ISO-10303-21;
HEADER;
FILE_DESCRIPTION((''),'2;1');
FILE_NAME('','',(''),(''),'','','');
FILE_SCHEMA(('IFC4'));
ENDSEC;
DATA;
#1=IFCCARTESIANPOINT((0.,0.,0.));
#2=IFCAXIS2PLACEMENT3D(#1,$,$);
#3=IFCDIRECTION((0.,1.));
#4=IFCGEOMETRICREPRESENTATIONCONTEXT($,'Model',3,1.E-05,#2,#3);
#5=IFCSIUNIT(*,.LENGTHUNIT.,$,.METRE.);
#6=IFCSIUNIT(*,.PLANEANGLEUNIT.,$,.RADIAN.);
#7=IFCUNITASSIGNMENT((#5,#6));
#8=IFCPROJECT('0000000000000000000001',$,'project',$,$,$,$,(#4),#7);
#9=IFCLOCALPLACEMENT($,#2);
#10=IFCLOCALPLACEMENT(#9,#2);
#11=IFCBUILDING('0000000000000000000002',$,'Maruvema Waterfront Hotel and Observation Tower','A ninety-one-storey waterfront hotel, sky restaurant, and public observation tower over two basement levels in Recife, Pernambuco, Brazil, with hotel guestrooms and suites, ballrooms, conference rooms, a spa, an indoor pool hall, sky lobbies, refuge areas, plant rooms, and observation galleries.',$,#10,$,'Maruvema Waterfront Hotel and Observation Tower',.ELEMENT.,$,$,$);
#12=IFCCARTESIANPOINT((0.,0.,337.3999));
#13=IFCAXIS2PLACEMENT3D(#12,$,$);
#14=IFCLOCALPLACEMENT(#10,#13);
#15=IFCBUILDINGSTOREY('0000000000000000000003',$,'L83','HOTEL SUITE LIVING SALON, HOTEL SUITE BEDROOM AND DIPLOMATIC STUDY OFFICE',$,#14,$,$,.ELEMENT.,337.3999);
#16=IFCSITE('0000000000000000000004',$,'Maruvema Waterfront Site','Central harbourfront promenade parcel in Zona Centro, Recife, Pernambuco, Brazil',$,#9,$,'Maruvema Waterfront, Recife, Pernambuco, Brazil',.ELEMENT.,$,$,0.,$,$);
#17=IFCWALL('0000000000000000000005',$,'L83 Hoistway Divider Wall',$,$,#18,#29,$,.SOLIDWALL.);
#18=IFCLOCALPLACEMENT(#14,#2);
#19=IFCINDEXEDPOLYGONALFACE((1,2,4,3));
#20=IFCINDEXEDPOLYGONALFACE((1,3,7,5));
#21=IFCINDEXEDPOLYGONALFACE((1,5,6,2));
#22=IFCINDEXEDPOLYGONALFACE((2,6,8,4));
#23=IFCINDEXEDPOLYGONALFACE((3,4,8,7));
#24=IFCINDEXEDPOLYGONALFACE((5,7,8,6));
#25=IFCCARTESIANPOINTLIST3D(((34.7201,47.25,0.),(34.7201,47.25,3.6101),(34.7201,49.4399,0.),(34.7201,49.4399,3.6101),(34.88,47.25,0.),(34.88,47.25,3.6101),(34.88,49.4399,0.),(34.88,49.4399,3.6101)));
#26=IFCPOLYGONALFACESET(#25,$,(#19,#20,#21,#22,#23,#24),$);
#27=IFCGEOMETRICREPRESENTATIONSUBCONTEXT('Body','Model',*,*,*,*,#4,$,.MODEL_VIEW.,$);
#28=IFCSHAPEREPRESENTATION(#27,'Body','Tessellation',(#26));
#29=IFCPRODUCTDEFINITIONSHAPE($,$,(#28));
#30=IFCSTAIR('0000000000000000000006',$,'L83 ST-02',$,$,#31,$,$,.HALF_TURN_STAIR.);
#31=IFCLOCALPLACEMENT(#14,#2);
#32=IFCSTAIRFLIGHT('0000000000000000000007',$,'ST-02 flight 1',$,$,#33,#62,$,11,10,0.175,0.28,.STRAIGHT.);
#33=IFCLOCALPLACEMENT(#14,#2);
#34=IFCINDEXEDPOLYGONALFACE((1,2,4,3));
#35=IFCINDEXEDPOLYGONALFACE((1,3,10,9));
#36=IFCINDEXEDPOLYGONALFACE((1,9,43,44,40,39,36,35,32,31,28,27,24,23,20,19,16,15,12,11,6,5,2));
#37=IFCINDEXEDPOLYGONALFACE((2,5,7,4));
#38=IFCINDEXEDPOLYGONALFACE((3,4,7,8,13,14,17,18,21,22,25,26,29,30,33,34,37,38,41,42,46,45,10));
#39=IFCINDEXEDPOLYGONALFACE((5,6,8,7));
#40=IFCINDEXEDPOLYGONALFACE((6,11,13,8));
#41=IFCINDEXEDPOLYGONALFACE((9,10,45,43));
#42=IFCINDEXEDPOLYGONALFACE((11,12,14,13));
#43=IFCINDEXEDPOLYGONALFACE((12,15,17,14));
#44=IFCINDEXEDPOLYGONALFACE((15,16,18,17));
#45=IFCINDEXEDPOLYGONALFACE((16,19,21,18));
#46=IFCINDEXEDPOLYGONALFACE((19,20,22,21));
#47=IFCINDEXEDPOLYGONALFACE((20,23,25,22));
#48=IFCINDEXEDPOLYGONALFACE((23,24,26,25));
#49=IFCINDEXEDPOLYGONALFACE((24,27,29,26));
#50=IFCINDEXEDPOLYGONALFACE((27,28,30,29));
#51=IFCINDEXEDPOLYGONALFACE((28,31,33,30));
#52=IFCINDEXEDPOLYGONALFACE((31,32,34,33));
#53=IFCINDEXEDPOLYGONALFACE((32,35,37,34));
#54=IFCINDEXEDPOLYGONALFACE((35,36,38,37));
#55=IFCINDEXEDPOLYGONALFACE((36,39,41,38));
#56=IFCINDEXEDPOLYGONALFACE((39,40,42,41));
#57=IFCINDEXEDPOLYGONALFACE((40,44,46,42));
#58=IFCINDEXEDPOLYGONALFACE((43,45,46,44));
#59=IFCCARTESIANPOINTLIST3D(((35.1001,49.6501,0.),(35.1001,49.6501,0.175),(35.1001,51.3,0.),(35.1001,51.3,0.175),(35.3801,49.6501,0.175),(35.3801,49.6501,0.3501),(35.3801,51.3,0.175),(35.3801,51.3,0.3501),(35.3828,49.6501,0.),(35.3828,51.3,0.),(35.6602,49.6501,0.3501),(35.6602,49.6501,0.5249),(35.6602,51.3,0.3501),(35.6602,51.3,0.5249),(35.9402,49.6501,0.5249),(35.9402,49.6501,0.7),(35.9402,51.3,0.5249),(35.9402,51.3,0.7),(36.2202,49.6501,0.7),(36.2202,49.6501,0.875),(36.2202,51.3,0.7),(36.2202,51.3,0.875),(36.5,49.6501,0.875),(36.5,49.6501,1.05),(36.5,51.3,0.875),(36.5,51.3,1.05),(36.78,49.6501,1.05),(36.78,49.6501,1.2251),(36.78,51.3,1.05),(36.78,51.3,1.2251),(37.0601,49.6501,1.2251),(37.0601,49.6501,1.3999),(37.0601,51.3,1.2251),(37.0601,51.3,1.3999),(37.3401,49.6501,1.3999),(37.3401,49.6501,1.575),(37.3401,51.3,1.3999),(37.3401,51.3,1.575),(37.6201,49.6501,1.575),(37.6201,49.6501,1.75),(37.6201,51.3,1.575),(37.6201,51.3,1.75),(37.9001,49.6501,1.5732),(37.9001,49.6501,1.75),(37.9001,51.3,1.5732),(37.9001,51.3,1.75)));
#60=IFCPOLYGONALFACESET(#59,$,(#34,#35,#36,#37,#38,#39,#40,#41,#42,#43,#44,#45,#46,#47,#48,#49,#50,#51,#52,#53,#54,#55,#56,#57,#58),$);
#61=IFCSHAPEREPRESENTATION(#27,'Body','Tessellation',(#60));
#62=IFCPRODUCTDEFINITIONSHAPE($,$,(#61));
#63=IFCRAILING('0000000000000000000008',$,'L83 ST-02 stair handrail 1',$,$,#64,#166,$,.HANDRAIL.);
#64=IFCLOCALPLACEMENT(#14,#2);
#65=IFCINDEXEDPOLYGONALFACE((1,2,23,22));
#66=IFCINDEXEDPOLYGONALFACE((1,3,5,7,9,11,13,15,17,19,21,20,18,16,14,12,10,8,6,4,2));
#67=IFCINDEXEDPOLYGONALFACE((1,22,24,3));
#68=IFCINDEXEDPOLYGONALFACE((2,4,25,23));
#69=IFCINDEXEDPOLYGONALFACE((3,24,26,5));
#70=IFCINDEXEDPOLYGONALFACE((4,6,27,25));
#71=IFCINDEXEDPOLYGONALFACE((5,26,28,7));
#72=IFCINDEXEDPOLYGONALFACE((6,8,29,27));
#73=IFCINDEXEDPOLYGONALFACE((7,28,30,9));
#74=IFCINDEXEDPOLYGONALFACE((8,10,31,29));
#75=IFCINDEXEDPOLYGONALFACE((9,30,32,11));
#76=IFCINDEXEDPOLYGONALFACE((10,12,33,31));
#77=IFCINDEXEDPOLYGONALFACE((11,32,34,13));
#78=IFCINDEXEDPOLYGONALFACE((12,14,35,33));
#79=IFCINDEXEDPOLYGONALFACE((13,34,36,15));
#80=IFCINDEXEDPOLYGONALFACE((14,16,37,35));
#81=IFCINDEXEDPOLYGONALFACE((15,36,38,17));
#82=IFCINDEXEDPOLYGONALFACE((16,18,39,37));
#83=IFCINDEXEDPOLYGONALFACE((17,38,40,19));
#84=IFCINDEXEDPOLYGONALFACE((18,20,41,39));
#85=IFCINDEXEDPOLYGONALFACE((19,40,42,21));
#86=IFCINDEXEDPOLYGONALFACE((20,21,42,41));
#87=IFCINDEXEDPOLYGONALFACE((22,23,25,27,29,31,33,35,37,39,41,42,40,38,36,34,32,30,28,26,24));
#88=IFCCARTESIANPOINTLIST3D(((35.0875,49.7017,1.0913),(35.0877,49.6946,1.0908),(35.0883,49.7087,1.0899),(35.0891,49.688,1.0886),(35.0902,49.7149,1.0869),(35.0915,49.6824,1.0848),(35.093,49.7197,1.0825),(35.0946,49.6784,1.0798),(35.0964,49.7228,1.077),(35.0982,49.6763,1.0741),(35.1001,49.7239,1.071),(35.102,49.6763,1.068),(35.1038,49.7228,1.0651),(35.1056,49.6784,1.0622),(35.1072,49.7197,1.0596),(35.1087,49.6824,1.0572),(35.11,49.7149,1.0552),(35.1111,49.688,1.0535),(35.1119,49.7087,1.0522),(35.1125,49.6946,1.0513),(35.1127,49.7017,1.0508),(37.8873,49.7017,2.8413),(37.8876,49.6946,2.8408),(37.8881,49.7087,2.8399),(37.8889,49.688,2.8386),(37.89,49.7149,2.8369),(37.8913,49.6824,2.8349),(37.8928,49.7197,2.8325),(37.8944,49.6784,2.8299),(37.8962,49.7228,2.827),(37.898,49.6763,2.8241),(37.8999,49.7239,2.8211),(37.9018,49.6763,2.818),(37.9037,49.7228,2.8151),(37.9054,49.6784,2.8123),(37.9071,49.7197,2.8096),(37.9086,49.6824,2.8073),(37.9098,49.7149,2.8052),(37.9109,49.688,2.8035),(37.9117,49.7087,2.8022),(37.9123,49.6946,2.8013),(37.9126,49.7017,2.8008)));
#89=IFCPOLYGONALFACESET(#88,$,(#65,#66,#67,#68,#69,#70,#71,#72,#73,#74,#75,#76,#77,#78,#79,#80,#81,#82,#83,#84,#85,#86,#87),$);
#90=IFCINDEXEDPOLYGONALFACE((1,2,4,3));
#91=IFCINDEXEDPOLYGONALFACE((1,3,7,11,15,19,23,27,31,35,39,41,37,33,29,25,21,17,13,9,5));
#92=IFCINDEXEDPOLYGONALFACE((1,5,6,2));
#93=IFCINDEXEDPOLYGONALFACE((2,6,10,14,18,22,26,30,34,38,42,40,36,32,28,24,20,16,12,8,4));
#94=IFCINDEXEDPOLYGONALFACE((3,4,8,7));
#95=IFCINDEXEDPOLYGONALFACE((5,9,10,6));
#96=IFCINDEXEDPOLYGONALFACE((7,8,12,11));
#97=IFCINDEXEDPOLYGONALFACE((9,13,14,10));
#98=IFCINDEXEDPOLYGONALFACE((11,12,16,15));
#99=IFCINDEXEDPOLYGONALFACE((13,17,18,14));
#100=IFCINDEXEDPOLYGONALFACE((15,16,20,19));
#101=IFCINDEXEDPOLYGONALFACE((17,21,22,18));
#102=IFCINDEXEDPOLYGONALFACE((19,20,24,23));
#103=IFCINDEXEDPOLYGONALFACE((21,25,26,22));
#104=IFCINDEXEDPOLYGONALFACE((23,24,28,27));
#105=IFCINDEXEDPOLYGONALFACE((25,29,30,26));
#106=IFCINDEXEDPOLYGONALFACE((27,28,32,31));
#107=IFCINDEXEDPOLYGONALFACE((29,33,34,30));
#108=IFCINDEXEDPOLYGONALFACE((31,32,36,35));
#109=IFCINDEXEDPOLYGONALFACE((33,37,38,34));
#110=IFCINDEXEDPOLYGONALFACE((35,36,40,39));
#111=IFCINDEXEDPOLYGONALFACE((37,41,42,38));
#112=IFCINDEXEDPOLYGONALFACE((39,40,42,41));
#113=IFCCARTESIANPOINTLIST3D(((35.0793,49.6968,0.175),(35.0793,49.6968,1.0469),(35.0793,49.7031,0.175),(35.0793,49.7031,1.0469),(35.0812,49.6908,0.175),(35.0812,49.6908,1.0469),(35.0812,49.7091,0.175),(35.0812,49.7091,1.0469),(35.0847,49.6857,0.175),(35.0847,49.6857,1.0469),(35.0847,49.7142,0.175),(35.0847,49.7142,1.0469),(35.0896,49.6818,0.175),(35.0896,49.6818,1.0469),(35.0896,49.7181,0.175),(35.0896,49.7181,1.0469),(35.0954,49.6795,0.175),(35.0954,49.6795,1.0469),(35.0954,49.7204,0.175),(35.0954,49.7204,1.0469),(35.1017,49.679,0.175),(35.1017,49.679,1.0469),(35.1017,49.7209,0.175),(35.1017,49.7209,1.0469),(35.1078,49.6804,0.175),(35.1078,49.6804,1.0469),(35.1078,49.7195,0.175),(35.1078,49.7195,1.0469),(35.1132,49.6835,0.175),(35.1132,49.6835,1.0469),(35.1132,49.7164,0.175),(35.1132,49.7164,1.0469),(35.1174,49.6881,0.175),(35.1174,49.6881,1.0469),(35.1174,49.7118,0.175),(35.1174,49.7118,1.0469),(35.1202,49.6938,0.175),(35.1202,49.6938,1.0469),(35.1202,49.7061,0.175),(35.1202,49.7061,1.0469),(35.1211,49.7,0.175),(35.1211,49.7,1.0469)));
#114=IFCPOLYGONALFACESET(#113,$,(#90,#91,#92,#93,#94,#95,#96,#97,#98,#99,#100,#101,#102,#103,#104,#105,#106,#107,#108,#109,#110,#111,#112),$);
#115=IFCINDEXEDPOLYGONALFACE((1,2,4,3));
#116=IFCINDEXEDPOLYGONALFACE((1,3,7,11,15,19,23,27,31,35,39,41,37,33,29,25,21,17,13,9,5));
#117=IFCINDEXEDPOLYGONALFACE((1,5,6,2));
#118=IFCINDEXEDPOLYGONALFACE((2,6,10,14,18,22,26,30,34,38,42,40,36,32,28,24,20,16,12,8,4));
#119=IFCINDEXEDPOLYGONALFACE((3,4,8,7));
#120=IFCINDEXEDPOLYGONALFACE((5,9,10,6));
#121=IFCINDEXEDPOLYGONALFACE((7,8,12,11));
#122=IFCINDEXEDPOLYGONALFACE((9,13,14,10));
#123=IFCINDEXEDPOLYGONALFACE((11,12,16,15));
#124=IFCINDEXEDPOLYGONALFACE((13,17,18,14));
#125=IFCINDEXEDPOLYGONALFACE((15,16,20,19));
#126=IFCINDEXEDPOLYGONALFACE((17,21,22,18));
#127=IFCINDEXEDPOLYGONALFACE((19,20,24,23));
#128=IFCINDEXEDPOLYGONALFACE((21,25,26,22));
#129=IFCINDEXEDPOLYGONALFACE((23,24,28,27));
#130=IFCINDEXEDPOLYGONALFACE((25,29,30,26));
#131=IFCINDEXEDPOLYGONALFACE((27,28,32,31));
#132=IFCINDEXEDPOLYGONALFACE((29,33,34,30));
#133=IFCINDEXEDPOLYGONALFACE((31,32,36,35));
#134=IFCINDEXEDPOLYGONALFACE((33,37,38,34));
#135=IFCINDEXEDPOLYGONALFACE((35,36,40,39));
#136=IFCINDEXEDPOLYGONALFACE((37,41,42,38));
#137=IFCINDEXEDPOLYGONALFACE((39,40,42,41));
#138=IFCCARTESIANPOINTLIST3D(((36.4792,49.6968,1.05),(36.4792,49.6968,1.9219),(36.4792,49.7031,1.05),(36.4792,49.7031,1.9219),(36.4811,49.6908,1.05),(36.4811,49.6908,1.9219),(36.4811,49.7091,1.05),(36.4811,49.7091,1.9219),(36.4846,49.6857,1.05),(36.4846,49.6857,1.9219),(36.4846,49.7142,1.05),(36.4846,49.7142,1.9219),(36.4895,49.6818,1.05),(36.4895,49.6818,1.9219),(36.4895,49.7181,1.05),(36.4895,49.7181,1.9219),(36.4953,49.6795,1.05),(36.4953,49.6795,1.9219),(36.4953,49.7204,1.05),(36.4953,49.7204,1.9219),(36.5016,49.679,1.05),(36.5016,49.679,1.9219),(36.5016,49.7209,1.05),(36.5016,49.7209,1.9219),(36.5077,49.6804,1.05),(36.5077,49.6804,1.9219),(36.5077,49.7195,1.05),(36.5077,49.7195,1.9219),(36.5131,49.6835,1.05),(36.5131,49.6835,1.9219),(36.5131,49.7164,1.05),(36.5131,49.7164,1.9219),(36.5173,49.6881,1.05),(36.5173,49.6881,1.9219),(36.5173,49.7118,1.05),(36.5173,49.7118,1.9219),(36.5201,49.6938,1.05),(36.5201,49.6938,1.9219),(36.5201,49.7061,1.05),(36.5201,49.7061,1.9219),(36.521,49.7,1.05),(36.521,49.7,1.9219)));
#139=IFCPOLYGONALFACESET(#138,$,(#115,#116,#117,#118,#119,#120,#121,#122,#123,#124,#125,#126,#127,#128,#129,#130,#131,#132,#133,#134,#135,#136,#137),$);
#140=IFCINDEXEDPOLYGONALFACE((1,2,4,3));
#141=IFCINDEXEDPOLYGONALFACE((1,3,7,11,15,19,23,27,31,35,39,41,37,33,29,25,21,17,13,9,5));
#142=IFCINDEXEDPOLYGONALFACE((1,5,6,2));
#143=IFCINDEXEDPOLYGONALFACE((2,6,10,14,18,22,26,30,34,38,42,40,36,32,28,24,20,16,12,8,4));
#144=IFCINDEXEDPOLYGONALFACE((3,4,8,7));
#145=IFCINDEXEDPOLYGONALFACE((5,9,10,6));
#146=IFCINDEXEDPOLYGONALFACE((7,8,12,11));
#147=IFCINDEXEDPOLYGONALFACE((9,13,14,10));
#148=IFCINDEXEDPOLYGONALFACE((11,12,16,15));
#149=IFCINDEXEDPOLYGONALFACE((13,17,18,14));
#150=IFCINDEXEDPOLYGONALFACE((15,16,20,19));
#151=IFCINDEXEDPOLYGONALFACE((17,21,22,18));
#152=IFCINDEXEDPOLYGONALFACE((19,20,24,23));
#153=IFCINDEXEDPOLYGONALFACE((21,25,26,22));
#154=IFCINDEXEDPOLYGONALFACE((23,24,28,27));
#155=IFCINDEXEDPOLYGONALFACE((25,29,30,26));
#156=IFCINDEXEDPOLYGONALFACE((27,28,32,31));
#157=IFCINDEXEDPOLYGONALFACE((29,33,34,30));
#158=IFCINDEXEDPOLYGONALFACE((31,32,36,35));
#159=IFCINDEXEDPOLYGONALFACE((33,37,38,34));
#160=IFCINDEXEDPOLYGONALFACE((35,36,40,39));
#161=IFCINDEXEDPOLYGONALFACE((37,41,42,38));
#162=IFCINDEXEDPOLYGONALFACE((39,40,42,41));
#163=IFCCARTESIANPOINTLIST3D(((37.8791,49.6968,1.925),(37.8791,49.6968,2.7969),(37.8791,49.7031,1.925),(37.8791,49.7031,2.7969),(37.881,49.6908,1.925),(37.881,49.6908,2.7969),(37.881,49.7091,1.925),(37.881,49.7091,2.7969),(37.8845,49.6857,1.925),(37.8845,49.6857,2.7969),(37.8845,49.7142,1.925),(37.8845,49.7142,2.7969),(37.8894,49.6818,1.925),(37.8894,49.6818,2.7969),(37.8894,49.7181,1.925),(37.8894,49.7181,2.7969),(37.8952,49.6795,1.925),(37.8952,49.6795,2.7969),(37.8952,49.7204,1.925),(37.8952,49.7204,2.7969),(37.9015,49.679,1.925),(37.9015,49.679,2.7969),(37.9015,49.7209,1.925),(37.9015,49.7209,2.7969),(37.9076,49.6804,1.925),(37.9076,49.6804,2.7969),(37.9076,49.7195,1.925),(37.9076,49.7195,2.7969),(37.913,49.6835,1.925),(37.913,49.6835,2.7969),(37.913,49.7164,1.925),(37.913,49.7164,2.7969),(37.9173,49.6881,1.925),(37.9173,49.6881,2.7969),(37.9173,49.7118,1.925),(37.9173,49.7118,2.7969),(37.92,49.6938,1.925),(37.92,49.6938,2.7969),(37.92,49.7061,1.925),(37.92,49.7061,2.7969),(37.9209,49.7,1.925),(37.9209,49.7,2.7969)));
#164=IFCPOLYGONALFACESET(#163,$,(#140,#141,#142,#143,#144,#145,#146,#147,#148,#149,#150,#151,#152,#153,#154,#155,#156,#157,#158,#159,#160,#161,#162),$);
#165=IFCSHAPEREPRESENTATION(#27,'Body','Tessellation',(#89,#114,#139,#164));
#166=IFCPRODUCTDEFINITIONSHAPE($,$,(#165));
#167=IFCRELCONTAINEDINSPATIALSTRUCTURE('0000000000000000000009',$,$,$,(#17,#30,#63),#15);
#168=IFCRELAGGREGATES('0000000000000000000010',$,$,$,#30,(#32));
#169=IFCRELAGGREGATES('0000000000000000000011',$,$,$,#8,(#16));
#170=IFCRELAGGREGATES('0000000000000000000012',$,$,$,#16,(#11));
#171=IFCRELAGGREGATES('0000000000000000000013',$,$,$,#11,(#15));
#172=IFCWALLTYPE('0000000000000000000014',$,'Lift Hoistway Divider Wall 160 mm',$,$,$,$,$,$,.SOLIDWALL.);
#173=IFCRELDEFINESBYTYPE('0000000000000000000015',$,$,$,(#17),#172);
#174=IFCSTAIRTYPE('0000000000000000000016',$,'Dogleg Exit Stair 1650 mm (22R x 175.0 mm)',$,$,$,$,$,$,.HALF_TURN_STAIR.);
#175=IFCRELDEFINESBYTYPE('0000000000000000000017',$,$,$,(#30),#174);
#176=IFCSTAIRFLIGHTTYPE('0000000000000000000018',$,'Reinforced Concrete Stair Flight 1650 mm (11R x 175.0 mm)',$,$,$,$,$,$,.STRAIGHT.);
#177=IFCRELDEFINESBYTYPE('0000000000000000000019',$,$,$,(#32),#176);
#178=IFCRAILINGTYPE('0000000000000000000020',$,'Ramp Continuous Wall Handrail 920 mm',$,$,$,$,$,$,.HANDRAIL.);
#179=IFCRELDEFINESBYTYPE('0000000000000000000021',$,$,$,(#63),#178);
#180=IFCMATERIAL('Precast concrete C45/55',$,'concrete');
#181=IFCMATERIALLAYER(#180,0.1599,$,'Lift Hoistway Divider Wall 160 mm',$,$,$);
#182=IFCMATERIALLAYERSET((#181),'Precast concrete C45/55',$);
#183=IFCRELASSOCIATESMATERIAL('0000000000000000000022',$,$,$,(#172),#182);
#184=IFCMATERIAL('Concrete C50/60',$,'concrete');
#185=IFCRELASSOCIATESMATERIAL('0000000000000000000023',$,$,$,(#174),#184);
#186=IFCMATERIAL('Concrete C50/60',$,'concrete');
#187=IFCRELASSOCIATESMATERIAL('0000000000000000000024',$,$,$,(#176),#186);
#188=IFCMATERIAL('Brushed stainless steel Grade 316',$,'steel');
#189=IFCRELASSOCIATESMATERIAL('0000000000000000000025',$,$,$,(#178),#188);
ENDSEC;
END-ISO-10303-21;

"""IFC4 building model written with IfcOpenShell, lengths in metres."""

from ifc_helpers import new_model, si_unit, direction, frame, frame_2d, origin, origin_2d, place, context, subcontext, project, spatial, polyline, rectangle, circle, outline, extrude, material, layer, layer_set, type_object, element, aggregate, save


model = new_model("IFC4")

# Units and contexts
model_context = context("Model", 3, precision=1e-05, world=origin(), true_north=direction((0.0, 1.0)))
body_context = subcontext(model_context, "Body", "Model", "MODEL_VIEW")
ifc_project = project(units=[si_unit("LENGTHUNIT", "METRE"), si_unit("PLANEANGLEUNIT", "RADIAN")], contexts=[model_context])

# Site, building, storey
site_placement = place(None, origin())
site = spatial("IfcSite", under=ifc_project, at=site_placement, Name="Maruvema Waterfront Site", Description="Central harbourfront promenade parcel in Zona Centro, Recife, Pernambuco, Brazil", LongName="Maruvema Waterfront, Recife, Pernambuco, Brazil", CompositionType="ELEMENT", RefElevation=0.0)
building_placement = place(site_placement, origin())
building = spatial("IfcBuilding", under=site, at=building_placement, Name="Maruvema Waterfront Hotel and Observation Tower", Description="A ninety-one-storey waterfront hotel, sky restaurant, and public observation tower over two basement levels in Recife, Pernambuco, Brazil, with hotel guestrooms and suites, ballrooms, conference rooms, a spa, an indoor pool hall, sky lobbies, refuge areas, plant rooms, and observation galleries.", LongName="Maruvema Waterfront Hotel and Observation Tower", CompositionType="ELEMENT")
storey_placement = place(building_placement, frame((0.0, 0.0, 337.3999)))
storey = spatial("IfcBuildingStorey", under=building, at=storey_placement, Name="L83", Description="HOTEL SUITE LIVING SALON, HOTEL SUITE BEDROOM AND DIPLOMATIC STUDY OFFICE", CompositionType="ELEMENT", Elevation=337.3999)

# Wall
ifc_material_1 = material(Name="Precast concrete C45/55", Category="concrete")
ifc_layer_1 = layer(ifc_material_1, 0.1599, Name="Lift Hoistway Divider Wall 160 mm")
ifc_layer_set_1 = layer_set([ifc_layer_1], Name="Precast concrete C45/55")
wall_type_1 = type_object("IfcWallType", Name="Lift Hoistway Divider Wall 160 mm", PredefinedType="SOLIDWALL", material=ifc_layer_set_1)
wall_1_placement = place(storey_placement, frame((34.8, 47.25, 0.0), z_axis=(0.0, 0.0, 1.0), x_axis=(0.0, 1.0, 0.0)))
element("IfcWall", 1, at=wall_1_placement, inside=storey, type_object=wall_type_1, Name="L83 Hoistway Divider Wall", PredefinedType="SOLIDWALL", context=body_context, shape_type="SweptSolid", body=[
    extrude(rectangle(XDim=2.1899, YDim=0.1599, at=frame_2d((1.095, 0.0))), origin(), (0.0, 0.0, 1.0), 3.6101),
])

# Stair, stair flight
ifc_material_2 = material(Name="Concrete C50/60", Category="concrete")
stair_type = type_object("IfcStairType", Name="Dogleg Exit Stair 1650 mm (22R x 175.0 mm)", PredefinedType="HALF_TURN_STAIR", material=ifc_material_2)
stair_placement = place(storey_placement, origin())
stair = element("IfcStair", 2, at=stair_placement, inside=storey, type_object=stair_type, Name="L83 ST-02", PredefinedType="HALF_TURN_STAIR")
ifc_material_3 = material(Name="Concrete C50/60", Category="concrete")
stair_flight_type = type_object("IfcStairFlightType", Name="Reinforced Concrete Stair Flight 1650 mm (11R x 175.0 mm)", PredefinedType="STRAIGHT", material=ifc_material_3)
stair_flight_placement = place(storey_placement, frame((35.1001, 50.4751, 0.0), z_axis=(0.0, 0.0, 1.0), x_axis=(1.0, 0.0, 0.0)))
stair_flight = element("IfcStairFlight", 3, at=stair_flight_placement, type_object=stair_flight_type, Name="ST-02 flight 1", NumberOfRisers=11, NumberOfTreads=10, PredefinedType="STRAIGHT", RiserHeight=0.175, TreadLength=0.28, context=body_context, shape_type="SweptSolid", body=[
    extrude(outline(polyline([(0.0, 0.0), (0.0, 0.175), (0.28, 0.175), (0.28, 0.3501), (0.5601, 0.3501), (0.5601, 0.5249), (0.8401, 0.5249), (0.8401, 0.7), (1.1201, 0.7), (1.1201, 0.875), (1.3999, 0.875), (1.3999, 1.05), (1.6799, 1.05), (1.6799, 1.2251), (1.96, 1.2251), (1.96, 1.3999), (2.24, 1.3999), (2.24, 1.575), (2.52, 1.575), (2.52, 1.75), (2.8, 1.75), (2.8, 1.925), (2.8, 1.5732), (0.2827, 0.0), (0.0, 0.0)])), frame((0.0, 0.825, 0.0), z_axis=(0.0, -1.0, 0.0), x_axis=(1.0, 0.0, 0.0)), (0.0, 0.0, 1.0), 1.6499),
])
aggregate(stair, [stair_flight])

# Railing
ifc_material_4 = material(Name="Brushed stainless steel Grade 316", Category="steel")
railing_type_1 = type_object("IfcRailingType", Name="Ramp Continuous Wall Handrail 920 mm", PredefinedType="HANDRAIL", material=ifc_material_4)
railing_1_placement = place(storey_placement, frame((35.1001, 49.7, 0.175)))
element("IfcRailing", 4, at=railing_1_placement, inside=storey, type_object=railing_type_1, Name="L83 ST-02 stair handrail 1", PredefinedType="HANDRAIL", context=body_context, shape_type="SweptSolid", body=[
    extrude(circle(Radius=0.0239, at=origin_2d()), frame((0.0, 0.0, 0.896), z_axis=(0.847982, 0.0, 0.530026), x_axis=(0.0, 1.0, 0.0)), (0.0, 0.0, 1.0), 3.3018),
    extrude(circle(Radius=0.021, at=origin_2d()), origin(), (0.0, 0.0, 1.0), 0.8718),
    extrude(circle(Radius=0.021, at=origin_2d()), frame((1.3999, 0.0, 0.875)), (0.0, 0.0, 1.0), 0.8718),
    extrude(circle(Radius=0.021, at=origin_2d()), frame((2.7998, 0.0, 1.75)), (0.0, 0.0, 1.0), 0.8718),
])

save(model, "model.ifc")
